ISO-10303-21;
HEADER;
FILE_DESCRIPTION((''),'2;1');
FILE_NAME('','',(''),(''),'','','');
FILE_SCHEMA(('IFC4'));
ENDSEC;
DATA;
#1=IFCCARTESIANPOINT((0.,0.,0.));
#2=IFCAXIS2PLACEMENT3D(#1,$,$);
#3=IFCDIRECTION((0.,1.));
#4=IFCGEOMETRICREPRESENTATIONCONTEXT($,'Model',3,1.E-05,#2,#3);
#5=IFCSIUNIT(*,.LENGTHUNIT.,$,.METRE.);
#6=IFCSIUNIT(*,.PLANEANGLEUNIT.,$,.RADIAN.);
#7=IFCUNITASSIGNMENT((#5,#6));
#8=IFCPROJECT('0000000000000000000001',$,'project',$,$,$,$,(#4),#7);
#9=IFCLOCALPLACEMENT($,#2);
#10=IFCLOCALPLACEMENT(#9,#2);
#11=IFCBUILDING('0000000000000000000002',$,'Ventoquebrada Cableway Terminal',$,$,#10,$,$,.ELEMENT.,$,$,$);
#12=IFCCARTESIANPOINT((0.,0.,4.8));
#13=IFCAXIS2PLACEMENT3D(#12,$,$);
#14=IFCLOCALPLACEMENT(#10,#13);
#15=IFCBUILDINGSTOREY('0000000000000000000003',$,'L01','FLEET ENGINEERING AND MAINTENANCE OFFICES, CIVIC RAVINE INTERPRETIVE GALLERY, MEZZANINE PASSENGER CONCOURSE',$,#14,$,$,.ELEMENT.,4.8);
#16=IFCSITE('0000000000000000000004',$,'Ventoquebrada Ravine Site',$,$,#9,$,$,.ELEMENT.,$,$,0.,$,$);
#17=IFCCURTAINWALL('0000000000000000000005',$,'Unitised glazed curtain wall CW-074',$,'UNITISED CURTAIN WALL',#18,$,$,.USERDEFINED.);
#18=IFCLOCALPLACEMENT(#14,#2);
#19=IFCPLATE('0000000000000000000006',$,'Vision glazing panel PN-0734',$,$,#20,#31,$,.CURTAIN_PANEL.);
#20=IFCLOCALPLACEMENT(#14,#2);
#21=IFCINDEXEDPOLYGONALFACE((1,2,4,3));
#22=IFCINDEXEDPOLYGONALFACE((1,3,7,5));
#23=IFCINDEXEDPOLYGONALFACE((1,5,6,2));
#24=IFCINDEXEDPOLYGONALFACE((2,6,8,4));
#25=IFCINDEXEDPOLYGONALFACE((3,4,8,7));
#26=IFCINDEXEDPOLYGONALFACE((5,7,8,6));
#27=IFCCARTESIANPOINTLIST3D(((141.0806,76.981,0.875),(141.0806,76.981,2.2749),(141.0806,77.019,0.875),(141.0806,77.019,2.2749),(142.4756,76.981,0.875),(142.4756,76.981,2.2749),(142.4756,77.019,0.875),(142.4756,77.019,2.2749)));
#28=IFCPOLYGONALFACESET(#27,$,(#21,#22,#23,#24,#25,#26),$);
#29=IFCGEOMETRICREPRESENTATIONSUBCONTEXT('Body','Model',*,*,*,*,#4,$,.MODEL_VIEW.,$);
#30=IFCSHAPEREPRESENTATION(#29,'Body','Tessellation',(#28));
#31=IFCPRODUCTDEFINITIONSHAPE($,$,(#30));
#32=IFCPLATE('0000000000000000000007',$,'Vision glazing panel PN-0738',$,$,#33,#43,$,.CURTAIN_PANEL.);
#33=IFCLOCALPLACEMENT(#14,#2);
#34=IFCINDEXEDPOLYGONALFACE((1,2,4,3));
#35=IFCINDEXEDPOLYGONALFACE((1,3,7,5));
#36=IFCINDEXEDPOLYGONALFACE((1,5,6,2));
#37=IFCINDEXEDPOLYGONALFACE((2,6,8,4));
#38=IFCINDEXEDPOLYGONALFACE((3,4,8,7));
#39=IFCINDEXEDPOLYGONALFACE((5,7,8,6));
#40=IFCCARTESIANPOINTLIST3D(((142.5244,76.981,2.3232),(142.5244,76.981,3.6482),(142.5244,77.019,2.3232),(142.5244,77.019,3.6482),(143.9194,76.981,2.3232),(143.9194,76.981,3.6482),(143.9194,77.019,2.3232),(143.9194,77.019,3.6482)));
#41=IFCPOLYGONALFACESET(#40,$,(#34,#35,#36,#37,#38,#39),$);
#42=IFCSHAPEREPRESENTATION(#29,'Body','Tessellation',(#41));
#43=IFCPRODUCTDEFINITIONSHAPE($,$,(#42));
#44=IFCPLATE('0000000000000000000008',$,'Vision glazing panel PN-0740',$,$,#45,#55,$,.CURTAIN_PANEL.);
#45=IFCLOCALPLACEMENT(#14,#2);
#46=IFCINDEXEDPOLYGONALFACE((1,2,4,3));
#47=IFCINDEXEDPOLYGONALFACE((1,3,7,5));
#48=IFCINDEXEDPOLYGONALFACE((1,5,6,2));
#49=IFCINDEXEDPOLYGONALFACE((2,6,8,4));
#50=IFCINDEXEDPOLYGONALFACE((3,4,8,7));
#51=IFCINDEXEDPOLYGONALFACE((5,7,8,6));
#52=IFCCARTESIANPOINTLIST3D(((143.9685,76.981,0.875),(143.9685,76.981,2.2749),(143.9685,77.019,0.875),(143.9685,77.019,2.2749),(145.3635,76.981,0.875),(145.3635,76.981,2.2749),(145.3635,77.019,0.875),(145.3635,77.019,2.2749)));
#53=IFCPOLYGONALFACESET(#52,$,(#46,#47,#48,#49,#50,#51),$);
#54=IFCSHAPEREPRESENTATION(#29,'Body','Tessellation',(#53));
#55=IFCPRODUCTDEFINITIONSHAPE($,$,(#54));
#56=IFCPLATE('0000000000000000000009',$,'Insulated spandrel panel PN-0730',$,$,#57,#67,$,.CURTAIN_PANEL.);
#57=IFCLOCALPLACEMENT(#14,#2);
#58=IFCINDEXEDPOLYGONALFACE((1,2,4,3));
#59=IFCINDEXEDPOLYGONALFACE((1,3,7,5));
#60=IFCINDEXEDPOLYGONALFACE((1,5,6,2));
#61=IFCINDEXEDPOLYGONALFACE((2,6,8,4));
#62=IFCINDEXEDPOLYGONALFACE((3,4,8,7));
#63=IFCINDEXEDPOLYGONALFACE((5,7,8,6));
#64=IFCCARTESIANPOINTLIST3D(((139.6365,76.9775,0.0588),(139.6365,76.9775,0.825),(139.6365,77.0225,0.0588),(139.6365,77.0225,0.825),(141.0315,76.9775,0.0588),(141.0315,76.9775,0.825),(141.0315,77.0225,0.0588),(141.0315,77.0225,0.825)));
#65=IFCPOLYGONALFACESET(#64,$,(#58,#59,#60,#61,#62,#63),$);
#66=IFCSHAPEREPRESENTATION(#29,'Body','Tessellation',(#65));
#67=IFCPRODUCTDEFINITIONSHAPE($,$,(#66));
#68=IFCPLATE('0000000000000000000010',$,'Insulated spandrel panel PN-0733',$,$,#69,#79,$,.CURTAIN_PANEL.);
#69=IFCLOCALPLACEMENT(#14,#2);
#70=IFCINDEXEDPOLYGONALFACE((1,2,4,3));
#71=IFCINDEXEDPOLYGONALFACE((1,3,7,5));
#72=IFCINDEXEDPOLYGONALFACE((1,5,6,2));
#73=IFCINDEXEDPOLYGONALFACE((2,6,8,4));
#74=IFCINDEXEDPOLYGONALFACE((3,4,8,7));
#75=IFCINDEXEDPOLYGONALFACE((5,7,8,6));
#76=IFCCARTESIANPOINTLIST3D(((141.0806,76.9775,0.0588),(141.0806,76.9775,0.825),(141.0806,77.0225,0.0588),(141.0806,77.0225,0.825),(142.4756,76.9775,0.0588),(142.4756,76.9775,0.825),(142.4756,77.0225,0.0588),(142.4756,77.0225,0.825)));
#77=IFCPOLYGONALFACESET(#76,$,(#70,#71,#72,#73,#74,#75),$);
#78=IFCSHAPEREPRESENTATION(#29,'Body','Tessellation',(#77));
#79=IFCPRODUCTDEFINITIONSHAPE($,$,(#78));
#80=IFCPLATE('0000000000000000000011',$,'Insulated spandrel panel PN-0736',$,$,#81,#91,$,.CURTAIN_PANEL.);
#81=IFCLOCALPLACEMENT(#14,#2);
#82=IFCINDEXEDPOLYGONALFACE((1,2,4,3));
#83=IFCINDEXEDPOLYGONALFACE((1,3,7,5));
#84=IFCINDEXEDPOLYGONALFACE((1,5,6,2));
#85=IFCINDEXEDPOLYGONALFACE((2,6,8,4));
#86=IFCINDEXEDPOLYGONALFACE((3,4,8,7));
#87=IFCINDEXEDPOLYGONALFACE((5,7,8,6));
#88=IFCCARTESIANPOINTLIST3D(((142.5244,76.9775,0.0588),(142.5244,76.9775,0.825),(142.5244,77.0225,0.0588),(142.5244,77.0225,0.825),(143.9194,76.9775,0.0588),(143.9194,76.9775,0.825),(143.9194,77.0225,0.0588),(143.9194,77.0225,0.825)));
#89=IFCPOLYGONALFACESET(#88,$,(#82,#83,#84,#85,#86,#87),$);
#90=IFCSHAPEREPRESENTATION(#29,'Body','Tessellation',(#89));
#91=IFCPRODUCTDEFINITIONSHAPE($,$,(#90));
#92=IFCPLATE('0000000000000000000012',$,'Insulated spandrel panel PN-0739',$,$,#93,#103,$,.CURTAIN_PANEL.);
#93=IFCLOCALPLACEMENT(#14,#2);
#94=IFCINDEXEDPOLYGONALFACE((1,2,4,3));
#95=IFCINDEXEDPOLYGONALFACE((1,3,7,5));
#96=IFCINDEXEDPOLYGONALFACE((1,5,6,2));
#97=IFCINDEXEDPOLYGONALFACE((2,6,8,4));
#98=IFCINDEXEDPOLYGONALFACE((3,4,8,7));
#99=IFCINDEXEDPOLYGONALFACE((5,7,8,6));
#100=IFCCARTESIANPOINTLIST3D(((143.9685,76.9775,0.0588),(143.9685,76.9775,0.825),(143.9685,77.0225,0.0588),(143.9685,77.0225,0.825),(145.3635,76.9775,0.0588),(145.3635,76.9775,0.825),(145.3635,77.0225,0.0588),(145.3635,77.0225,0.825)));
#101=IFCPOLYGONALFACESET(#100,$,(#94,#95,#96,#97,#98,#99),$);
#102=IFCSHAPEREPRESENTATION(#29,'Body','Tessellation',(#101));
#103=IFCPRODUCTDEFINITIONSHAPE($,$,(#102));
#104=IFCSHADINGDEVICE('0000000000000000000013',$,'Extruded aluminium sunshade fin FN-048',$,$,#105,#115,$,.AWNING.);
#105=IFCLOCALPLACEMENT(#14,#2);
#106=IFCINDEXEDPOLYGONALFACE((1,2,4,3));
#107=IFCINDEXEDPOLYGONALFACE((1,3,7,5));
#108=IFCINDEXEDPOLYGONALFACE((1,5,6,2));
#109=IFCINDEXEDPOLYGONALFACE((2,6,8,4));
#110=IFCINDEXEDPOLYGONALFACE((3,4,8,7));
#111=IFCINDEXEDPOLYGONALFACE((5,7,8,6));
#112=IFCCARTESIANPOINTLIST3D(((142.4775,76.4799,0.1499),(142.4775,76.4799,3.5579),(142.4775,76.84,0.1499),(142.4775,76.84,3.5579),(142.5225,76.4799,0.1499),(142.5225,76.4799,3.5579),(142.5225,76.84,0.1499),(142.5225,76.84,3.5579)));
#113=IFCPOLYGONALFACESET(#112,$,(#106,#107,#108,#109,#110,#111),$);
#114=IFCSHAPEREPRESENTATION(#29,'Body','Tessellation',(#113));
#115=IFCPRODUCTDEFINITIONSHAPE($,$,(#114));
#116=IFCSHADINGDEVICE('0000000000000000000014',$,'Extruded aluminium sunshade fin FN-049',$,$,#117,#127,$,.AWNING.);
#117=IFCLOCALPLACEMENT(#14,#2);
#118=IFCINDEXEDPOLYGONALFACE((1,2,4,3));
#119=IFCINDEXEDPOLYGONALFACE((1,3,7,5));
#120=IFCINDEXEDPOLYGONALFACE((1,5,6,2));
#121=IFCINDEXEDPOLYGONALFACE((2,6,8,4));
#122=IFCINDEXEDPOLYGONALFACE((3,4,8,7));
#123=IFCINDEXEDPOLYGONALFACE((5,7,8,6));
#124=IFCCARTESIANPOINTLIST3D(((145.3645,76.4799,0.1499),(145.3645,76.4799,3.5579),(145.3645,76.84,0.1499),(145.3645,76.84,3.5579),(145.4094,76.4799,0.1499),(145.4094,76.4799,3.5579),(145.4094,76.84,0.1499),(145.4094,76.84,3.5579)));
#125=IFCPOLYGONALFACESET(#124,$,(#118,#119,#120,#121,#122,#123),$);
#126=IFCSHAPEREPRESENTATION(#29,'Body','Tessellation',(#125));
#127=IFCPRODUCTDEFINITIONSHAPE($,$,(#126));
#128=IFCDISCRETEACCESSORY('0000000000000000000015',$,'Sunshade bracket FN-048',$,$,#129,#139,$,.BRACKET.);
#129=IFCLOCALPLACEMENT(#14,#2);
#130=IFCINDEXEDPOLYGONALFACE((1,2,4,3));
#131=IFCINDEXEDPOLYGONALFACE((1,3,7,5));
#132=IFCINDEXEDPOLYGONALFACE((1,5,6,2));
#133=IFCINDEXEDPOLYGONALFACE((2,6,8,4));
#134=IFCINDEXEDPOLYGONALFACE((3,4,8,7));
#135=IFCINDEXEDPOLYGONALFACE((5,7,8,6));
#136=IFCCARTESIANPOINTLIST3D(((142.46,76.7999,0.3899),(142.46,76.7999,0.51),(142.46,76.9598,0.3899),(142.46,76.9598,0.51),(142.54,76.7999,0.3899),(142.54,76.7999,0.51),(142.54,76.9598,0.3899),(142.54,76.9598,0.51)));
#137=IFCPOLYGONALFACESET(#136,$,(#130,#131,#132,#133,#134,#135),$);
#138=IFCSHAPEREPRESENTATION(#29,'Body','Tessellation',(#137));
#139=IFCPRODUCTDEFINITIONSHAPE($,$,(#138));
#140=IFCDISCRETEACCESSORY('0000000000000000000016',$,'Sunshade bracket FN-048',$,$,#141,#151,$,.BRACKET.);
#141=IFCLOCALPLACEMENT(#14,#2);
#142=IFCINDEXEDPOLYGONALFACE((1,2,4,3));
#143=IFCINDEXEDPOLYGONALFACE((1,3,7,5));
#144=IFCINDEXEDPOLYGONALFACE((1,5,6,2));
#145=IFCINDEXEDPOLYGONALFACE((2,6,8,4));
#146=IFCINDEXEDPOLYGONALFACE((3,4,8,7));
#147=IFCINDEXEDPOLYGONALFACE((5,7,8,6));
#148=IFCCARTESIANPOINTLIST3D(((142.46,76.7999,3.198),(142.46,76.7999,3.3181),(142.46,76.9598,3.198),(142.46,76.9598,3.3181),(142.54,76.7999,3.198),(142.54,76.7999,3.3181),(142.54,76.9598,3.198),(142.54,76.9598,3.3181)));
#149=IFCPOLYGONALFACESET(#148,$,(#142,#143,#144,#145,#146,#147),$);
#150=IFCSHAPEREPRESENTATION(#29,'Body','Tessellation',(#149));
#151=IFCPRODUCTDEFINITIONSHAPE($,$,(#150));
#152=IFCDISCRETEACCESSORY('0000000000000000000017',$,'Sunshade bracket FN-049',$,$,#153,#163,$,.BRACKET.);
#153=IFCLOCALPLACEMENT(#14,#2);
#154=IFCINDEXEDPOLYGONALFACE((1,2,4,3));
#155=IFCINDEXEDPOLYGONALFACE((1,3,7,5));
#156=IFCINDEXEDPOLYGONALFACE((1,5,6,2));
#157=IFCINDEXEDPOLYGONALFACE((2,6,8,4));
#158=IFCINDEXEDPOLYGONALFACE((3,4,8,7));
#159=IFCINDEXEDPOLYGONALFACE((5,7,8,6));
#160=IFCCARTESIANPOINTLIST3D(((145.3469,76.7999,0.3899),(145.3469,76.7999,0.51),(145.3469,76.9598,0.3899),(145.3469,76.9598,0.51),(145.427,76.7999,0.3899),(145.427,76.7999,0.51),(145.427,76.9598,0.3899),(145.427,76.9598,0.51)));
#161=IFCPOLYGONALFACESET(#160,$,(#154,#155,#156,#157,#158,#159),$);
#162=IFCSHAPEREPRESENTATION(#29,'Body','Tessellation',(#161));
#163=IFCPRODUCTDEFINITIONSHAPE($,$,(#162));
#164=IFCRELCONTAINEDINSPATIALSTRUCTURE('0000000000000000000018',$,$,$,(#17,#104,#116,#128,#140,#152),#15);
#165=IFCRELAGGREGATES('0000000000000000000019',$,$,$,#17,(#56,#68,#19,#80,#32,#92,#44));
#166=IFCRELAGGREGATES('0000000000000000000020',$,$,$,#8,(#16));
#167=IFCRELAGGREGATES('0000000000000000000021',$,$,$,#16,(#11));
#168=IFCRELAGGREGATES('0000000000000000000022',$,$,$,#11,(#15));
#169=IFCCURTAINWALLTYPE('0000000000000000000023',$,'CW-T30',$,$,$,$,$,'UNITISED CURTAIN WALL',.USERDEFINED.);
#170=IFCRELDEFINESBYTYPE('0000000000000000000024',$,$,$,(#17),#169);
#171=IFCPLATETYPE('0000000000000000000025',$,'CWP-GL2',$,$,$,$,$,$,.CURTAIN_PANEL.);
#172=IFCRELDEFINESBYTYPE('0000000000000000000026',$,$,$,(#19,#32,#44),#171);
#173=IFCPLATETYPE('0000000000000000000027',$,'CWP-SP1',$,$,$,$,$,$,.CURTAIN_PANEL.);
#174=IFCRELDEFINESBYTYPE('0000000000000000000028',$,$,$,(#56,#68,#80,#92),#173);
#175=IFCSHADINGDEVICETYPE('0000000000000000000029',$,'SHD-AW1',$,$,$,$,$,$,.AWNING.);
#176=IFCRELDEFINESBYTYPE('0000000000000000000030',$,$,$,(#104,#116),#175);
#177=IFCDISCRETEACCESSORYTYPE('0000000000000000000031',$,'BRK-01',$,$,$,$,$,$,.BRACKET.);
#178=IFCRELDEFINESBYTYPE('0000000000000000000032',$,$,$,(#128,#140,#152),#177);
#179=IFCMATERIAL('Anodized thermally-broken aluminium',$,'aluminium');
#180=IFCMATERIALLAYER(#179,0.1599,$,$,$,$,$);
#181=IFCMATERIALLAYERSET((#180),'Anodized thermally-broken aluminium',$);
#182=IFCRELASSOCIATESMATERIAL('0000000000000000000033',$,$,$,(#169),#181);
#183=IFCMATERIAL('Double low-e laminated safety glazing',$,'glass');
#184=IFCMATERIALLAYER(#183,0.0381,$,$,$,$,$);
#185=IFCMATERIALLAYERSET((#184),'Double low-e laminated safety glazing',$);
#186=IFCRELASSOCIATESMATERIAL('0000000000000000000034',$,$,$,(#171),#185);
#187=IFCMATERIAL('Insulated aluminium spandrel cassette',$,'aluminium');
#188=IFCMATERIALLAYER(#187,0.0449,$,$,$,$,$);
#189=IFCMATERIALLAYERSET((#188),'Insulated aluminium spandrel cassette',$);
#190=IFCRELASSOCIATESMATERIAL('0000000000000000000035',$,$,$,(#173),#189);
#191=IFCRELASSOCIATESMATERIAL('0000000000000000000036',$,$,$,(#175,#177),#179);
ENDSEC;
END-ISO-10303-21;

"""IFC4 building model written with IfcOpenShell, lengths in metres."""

from ifc_helpers import new_model, si_unit, direction, frame, origin, origin_2d, place, context, subcontext, project, spatial, rectangle, extrude, material, layer, layer_set, type_object, element, aggregate, save


model = new_model("IFC4")

# Units and contexts
model_context = context("Model", 3, precision=1e-05, world=origin(), true_north=direction((0.0, 1.0)))
body_context = subcontext(model_context, "Body", "Model", "MODEL_VIEW")
ifc_project = project(units=[si_unit("LENGTHUNIT", "METRE"), si_unit("PLANEANGLEUNIT", "RADIAN")], contexts=[model_context])

# Site, building, storey
site_placement = place(None, origin())
site = spatial("IfcSite", under=ifc_project, at=site_placement, Name="Ventoquebrada Ravine Site", CompositionType="ELEMENT", RefElevation=0.0)
building_placement = place(site_placement, origin())
building = spatial("IfcBuilding", under=site, at=building_placement, Name="Ventoquebrada Cableway Terminal", CompositionType="ELEMENT")
storey_placement = place(building_placement, frame((0.0, 0.0, 4.8)))
storey = spatial("IfcBuildingStorey", under=building, at=storey_placement, Name="L01", Description="FLEET ENGINEERING AND MAINTENANCE OFFICES, CIVIC RAVINE INTERPRETIVE GALLERY, MEZZANINE PASSENGER CONCOURSE", CompositionType="ELEMENT", Elevation=4.8)

# Curtain wall, plates
ifc_material_1 = material(Name="Anodized thermally-broken aluminium", Category="aluminium")
ifc_layer_1 = layer(ifc_material_1, 0.1599)
ifc_layer_set_1 = layer_set([ifc_layer_1], Name="Anodized thermally-broken aluminium")
curtain_wall_type = type_object("IfcCurtainWallType", Name="CW-T30", ElementType="UNITISED CURTAIN WALL", PredefinedType="USERDEFINED", material=ifc_layer_set_1)
curtain_wall_placement = place(storey_placement, origin())
curtain_wall = element("IfcCurtainWall", 1, at=curtain_wall_placement, inside=storey, type_object=curtain_wall_type, Name="Unitised glazed curtain wall CW-074", ObjectType="UNITISED CURTAIN WALL", PredefinedType="USERDEFINED")
ifc_material_2 = material(Name="Double low-e laminated safety glazing", Category="glass")
ifc_layer_2 = layer(ifc_material_2, 0.0381)
ifc_layer_set_2 = layer_set([ifc_layer_2], Name="Double low-e laminated safety glazing")
plate_type_1 = type_object("IfcPlateType", Name="CWP-GL2", PredefinedType="CURTAIN_PANEL", material=ifc_layer_set_2)
plate_1_placement = place(storey_placement, frame((141.7781, 77.0, 0.875), z_axis=(0.0, 0.0, 1.0), x_axis=(1.0, 0.0, 0.0)))
plate_1 = element("IfcPlate", 2, at=plate_1_placement, type_object=plate_type_1, Name="Vision glazing panel PN-0734", PredefinedType="CURTAIN_PANEL", context=body_context, shape_type="SweptSolid", body=[
    extrude(rectangle(XDim=1.395, YDim=0.0381, at=origin_2d()), origin(), (0.0, 0.0, 1.0), 1.3999),
])
plate_2_placement = place(storey_placement, frame((143.2219, 77.0, 2.3232), z_axis=(0.0, 0.0, 1.0), x_axis=(1.0, 0.0, 0.0)))
plate_2 = element("IfcPlate", 3, at=plate_2_placement, type_object=plate_type_1, Name="Vision glazing panel PN-0738", PredefinedType="CURTAIN_PANEL", context=body_context, shape_type="SweptSolid", body=[
    extrude(rectangle(XDim=1.395, YDim=0.0381, at=origin_2d()), origin(), (0.0, 0.0, 1.0), 1.325),
])
plate_3_placement = place(storey_placement, frame((144.666, 77.0, 0.875), z_axis=(0.0, 0.0, 1.0), x_axis=(1.0, 0.0, 0.0)))
plate_3 = element("IfcPlate", 4, at=plate_3_placement, type_object=plate_type_1, Name="Vision glazing panel PN-0740", PredefinedType="CURTAIN_PANEL", context=body_context, shape_type="SweptSolid", body=[
    extrude(rectangle(XDim=1.395, YDim=0.0381, at=origin_2d()), origin(), (0.0, 0.0, 1.0), 1.3999),
])
ifc_material_3 = material(Name="Insulated aluminium spandrel cassette", Category="aluminium")
ifc_layer_3 = layer(ifc_material_3, 0.0449)
ifc_layer_set_3 = layer_set([ifc_layer_3], Name="Insulated aluminium spandrel cassette")
plate_type_2 = type_object("IfcPlateType", Name="CWP-SP1", PredefinedType="CURTAIN_PANEL", material=ifc_layer_set_3)
plate_4_placement = place(storey_placement, frame((140.334, 77.0, 0.0588), z_axis=(0.0, 0.0, 1.0), x_axis=(1.0, 0.0, 0.0)))
plate_4 = element("IfcPlate", 5, at=plate_4_placement, type_object=plate_type_2, Name="Insulated spandrel panel PN-0730", PredefinedType="CURTAIN_PANEL", context=body_context, shape_type="SweptSolid", body=[
    extrude(rectangle(XDim=1.395, YDim=0.0449, at=origin_2d()), origin(), (0.0, 0.0, 1.0), 0.7661),
])
plate_5_placement = place(storey_placement, frame((141.7781, 77.0, 0.0588), z_axis=(0.0, 0.0, 1.0), x_axis=(1.0, 0.0, 0.0)))
plate_5 = element("IfcPlate", 6, at=plate_5_placement, type_object=plate_type_2, Name="Insulated spandrel panel PN-0733", PredefinedType="CURTAIN_PANEL", context=body_context, shape_type="SweptSolid", body=[
    extrude(rectangle(XDim=1.395, YDim=0.0449, at=origin_2d()), origin(), (0.0, 0.0, 1.0), 0.7661),
])
plate_6_placement = place(storey_placement, frame((143.2219, 77.0, 0.0588), z_axis=(0.0, 0.0, 1.0), x_axis=(1.0, 0.0, 0.0)))
plate_6 = element("IfcPlate", 7, at=plate_6_placement, type_object=plate_type_2, Name="Insulated spandrel panel PN-0736", PredefinedType="CURTAIN_PANEL", context=body_context, shape_type="SweptSolid", body=[
    extrude(rectangle(XDim=1.395, YDim=0.0449, at=origin_2d()), origin(), (0.0, 0.0, 1.0), 0.7661),
])
plate_7_placement = place(storey_placement, frame((144.666, 77.0, 0.0588), z_axis=(0.0, 0.0, 1.0), x_axis=(1.0, 0.0, 0.0)))
plate_7 = element("IfcPlate", 8, at=plate_7_placement, type_object=plate_type_2, Name="Insulated spandrel panel PN-0739", PredefinedType="CURTAIN_PANEL", context=body_context, shape_type="SweptSolid", body=[
    extrude(rectangle(XDim=1.395, YDim=0.0449, at=origin_2d()), origin(), (0.0, 0.0, 1.0), 0.7661),
])
aggregate(curtain_wall, [plate_4, plate_5, plate_1, plate_6, plate_2, plate_7, plate_3])

# Shading devices
shading_device_type = type_object("IfcShadingDeviceType", Name="SHD-AW1", PredefinedType="AWNING", material=ifc_material_1)
for number, where, z_axis, x_axis, name in (
    (9, (142.5, 76.6599, 0.1499), (0.0, 0.0, 1.0), (1.0, 0.0, 0.0), "Extruded aluminium sunshade fin FN-048"),
    (10, (145.387, 76.6599, 0.1499), (0.0, 0.0, 1.0), (1.0, 0.0, 0.0), "Extruded aluminium sunshade fin FN-049"),
):
    element("IfcShadingDevice", number, at=place(storey_placement, frame(where, z_axis=z_axis, x_axis=x_axis)), inside=storey, type_object=shading_device_type, Name=name, PredefinedType="AWNING", context=body_context, shape_type="SweptSolid", body=[
        extrude(rectangle(XDim=0.0449, YDim=0.3601, at=origin_2d()), origin(), (0.0, 0.0, 1.0), 3.408),
    ])

# Discrete accessories
discrete_accessory_type = type_object("IfcDiscreteAccessoryType", Name="BRK-01", PredefinedType="BRACKET", material=ifc_material_1)
for number, where, z_axis, x_axis, name in (
    (11, (142.5, 76.8799, 0.3899), (0.0, 0.0, 1.0), (1.0, 0.0, 0.0), "Sunshade bracket FN-048"),
    (12, (142.5, 76.8799, 3.198), (0.0, 0.0, 1.0), (1.0, 0.0, 0.0), "Sunshade bracket FN-048"),
    (13, (145.387, 76.8799, 0.3899), (0.0, 0.0, 1.0), (1.0, 0.0, 0.0), "Sunshade bracket FN-049"),
):
    element("IfcDiscreteAccessory", number, at=place(storey_placement, frame(where, z_axis=z_axis, x_axis=x_axis)), inside=storey, type_object=discrete_accessory_type, Name=name, PredefinedType="BRACKET", context=body_context, shape_type="SweptSolid", body=[
        extrude(rectangle(XDim=0.0801, YDim=0.1599, at=origin_2d()), origin(), (0.0, 0.0, 1.0), 0.1201),
    ])

save(model, "model.ifc")
